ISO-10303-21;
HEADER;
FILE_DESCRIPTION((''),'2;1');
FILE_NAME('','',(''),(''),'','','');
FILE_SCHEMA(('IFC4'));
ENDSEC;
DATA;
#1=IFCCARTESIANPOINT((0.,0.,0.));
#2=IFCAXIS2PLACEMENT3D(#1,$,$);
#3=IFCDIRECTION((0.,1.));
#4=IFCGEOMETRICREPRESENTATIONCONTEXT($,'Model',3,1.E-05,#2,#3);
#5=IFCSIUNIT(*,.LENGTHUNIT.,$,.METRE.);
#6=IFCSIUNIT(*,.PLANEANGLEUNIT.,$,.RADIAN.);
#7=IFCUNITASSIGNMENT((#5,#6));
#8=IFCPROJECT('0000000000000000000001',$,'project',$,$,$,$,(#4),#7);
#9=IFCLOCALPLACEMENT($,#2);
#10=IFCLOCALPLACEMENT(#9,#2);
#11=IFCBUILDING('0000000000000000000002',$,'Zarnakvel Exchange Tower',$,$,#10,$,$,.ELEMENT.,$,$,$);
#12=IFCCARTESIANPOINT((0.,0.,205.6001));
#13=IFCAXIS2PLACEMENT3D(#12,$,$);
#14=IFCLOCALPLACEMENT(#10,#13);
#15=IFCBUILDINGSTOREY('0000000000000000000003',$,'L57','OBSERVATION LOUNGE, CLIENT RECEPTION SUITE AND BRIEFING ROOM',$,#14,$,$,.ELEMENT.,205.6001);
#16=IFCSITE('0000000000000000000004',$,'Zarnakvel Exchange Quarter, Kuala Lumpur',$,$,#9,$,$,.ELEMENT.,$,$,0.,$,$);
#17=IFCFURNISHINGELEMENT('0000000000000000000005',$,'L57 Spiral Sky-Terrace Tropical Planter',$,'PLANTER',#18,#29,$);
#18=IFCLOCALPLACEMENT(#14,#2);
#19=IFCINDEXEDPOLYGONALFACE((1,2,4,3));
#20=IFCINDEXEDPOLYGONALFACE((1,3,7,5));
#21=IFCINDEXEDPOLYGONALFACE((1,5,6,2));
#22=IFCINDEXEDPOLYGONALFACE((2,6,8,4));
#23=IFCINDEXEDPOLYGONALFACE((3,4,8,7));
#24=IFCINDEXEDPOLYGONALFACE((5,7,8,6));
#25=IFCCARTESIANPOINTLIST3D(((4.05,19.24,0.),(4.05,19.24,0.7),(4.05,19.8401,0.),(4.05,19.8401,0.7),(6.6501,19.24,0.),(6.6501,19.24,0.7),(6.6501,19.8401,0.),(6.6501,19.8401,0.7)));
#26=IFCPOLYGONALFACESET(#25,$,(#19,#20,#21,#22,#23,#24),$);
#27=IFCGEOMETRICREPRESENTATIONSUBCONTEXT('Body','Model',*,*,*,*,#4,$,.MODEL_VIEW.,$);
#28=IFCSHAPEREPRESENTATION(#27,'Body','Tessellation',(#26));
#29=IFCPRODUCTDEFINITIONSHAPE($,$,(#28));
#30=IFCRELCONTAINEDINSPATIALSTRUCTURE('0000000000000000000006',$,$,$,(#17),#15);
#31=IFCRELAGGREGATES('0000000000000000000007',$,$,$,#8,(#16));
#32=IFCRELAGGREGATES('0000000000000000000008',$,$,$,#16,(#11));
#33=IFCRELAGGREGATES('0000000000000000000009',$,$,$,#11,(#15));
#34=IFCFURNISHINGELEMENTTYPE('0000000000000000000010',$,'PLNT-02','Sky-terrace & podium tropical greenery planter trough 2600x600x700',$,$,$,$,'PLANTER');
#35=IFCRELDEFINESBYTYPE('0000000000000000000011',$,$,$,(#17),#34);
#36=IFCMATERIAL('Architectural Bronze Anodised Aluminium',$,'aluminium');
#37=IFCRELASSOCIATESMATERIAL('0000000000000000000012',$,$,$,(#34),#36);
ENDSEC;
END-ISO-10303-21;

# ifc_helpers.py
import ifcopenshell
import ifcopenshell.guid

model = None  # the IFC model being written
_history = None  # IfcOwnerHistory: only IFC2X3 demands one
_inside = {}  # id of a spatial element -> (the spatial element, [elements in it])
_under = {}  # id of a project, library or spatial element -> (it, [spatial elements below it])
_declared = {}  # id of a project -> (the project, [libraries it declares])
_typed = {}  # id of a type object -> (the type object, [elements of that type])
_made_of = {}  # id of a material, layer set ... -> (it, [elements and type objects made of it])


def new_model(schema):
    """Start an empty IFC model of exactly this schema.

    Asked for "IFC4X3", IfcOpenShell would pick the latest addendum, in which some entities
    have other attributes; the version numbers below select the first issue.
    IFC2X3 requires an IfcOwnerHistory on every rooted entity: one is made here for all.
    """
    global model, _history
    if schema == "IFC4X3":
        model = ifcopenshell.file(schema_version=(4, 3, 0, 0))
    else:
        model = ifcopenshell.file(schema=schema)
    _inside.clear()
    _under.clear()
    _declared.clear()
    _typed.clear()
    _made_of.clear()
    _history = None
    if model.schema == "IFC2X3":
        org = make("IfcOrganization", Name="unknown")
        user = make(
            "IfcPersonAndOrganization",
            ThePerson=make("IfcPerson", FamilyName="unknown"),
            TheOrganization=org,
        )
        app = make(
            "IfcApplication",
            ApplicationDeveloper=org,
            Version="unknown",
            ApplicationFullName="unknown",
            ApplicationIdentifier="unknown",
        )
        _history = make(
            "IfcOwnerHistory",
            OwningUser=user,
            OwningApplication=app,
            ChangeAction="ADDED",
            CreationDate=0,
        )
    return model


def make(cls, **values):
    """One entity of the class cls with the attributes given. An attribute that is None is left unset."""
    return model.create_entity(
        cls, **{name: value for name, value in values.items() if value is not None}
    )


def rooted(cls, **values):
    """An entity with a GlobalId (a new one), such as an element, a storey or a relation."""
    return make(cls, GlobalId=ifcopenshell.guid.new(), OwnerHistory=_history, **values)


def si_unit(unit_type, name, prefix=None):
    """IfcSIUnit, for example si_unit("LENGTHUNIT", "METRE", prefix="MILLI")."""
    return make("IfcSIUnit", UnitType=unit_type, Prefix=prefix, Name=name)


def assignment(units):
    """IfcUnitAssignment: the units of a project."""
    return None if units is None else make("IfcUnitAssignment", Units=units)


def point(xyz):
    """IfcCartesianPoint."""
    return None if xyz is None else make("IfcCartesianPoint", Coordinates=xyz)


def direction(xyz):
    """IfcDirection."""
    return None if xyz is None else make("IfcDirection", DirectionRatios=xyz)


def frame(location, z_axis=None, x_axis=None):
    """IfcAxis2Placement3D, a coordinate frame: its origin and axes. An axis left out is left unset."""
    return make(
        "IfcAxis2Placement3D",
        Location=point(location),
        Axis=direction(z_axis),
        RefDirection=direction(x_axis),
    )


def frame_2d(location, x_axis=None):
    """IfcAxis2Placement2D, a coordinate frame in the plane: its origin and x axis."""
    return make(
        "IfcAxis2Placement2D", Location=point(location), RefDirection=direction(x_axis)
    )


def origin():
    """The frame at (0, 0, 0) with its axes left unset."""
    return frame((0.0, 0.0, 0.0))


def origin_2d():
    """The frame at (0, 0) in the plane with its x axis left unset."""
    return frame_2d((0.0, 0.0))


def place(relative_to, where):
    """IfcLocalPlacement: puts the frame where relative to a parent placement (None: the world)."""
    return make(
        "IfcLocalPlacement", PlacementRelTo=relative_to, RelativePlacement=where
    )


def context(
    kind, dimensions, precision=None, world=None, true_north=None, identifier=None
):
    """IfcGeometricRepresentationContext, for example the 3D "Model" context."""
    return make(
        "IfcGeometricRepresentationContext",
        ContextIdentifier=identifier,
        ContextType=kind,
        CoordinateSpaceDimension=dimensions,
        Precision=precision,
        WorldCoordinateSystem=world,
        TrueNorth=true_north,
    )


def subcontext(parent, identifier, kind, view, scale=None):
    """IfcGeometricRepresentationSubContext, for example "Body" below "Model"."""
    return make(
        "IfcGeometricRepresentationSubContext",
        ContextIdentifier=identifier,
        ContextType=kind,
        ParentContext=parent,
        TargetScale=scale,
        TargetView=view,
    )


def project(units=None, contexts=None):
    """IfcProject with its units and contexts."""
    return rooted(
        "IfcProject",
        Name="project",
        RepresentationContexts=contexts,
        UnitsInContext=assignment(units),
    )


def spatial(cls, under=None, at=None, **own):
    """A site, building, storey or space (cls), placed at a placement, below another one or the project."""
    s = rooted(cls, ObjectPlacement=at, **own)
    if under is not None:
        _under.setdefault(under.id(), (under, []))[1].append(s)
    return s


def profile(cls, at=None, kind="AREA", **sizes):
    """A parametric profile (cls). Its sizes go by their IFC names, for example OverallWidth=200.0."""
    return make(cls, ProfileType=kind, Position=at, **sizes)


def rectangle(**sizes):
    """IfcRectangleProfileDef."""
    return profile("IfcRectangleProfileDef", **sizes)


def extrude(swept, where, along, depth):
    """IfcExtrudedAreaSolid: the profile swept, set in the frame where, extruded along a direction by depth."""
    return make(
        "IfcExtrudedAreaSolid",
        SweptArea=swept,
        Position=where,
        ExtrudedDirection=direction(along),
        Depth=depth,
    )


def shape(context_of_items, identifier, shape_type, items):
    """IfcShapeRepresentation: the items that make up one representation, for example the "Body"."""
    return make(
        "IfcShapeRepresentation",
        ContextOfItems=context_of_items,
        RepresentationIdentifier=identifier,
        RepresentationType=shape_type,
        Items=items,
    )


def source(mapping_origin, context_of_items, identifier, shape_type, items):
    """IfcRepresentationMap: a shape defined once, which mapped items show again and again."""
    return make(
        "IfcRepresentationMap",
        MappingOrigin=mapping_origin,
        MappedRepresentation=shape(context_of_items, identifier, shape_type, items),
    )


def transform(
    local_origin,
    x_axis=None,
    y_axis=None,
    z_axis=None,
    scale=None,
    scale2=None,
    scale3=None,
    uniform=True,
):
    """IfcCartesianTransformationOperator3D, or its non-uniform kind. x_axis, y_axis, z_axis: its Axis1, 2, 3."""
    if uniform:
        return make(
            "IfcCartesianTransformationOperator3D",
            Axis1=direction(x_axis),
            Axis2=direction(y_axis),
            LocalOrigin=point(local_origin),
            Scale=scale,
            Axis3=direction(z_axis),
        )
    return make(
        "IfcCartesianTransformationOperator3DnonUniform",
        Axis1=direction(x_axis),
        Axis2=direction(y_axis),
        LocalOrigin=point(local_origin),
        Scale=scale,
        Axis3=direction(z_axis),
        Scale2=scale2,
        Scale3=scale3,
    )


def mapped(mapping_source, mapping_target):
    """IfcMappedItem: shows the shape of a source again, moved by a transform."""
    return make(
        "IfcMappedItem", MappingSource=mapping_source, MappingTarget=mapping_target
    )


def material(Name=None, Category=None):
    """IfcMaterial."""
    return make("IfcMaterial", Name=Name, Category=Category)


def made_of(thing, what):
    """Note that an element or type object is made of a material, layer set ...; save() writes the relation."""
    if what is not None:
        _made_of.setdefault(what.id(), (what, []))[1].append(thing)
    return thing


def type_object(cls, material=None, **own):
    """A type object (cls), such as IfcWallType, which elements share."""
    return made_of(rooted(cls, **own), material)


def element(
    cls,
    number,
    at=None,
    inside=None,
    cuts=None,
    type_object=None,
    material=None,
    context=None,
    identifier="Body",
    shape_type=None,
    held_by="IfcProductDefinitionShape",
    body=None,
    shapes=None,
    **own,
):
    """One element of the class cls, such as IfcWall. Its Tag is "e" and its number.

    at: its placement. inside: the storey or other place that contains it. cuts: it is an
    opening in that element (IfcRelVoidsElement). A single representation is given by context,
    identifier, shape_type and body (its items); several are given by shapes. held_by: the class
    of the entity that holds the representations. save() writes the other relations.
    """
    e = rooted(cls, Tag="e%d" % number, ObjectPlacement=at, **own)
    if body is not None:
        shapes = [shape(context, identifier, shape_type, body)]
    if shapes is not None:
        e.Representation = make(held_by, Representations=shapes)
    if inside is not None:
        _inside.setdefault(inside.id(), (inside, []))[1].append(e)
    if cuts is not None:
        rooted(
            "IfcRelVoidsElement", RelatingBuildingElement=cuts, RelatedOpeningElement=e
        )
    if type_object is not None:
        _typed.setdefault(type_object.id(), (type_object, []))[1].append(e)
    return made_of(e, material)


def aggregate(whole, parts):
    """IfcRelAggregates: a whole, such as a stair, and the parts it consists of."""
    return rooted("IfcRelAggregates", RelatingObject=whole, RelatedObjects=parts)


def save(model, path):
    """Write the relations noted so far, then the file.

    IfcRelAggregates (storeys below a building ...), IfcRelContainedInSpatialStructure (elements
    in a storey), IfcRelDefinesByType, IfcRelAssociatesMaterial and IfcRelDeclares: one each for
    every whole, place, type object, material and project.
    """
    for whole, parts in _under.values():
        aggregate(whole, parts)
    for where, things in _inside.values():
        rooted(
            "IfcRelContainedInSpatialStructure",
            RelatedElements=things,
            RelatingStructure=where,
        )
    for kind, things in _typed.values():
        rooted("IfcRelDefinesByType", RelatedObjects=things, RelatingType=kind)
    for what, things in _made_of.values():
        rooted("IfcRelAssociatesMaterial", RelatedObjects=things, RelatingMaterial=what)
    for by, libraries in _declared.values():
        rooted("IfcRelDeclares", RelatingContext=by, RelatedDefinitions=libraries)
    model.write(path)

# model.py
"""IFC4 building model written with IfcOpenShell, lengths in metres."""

from ifc_helpers import new_model, si_unit, direction, frame, origin, origin_2d, place, context, subcontext, project, spatial, rectangle, extrude, source, transform, mapped, material, type_object, element, save


model = new_model("IFC4")

# Units and contexts
model_context = context("Model", 3, precision=1e-05, world=origin(), true_north=direction((0.0, 1.0)))
body_context = subcontext(model_context, "Body", "Model", "MODEL_VIEW")
ifc_project = project(units=[si_unit("LENGTHUNIT", "METRE"), si_unit("PLANEANGLEUNIT", "RADIAN")], contexts=[model_context])

# Site, building, storey
site_placement = place(None, origin())
site = spatial("IfcSite", under=ifc_project, at=site_placement, Name="Zarnakvel Exchange Quarter, Kuala Lumpur", CompositionType="ELEMENT", RefElevation=0.0)
building_placement = place(site_placement, origin())
building = spatial("IfcBuilding", under=site, at=building_placement, Name="Zarnakvel Exchange Tower", CompositionType="ELEMENT")
storey_placement = place(building_placement, frame((0.0, 0.0, 205.6001)))
storey = spatial("IfcBuildingStorey", under=building, at=storey_placement, Name="L57", Description="OBSERVATION LOUNGE, CLIENT RECEPTION SUITE AND BRIEFING ROOM", CompositionType="ELEMENT", Elevation=205.6001)

# Shared definitions
ifc_material_1 = material(Name="Architectural Bronze Anodised Aluminium", Category="aluminium")

# Furnishing element
furnishing_element_type = type_object("IfcFurnishingElementType", Name="PLNT-02", Description="Sky-terrace & podium tropical greenery planter trough 2600x600x700", ElementType="PLANTER", material=ifc_material_1)
shared_shape_1 = source(origin(), body_context, "Body", "SweptSolid", [
    extrude(rectangle(XDim=2.6001, YDim=0.6001, at=origin_2d()), origin(), (0.0, 0.0, 1.0), 0.7),
])
furnishing_placement = place(storey_placement, frame((5.3501, 19.54, 0.0), z_axis=(0.0, 0.0, 1.0), x_axis=(1.0, 0.0, 0.0)))
element("IfcFurnishingElement", 1, at=furnishing_placement, inside=storey, type_object=furnishing_element_type, Name="L57 Spiral Sky-Terrace Tropical Planter", ObjectType="PLANTER", context=body_context, shape_type="MappedRepresentation", body=[
    mapped(shared_shape_1, transform((0.0, 0.0, 0.0), x_axis=(1.0, 0.0, 0.0), y_axis=(0.0, 1.0, 0.0), z_axis=(0.0, 0.0, 1.0), scale=1.0)),
])

save(model, "model.ifc")
